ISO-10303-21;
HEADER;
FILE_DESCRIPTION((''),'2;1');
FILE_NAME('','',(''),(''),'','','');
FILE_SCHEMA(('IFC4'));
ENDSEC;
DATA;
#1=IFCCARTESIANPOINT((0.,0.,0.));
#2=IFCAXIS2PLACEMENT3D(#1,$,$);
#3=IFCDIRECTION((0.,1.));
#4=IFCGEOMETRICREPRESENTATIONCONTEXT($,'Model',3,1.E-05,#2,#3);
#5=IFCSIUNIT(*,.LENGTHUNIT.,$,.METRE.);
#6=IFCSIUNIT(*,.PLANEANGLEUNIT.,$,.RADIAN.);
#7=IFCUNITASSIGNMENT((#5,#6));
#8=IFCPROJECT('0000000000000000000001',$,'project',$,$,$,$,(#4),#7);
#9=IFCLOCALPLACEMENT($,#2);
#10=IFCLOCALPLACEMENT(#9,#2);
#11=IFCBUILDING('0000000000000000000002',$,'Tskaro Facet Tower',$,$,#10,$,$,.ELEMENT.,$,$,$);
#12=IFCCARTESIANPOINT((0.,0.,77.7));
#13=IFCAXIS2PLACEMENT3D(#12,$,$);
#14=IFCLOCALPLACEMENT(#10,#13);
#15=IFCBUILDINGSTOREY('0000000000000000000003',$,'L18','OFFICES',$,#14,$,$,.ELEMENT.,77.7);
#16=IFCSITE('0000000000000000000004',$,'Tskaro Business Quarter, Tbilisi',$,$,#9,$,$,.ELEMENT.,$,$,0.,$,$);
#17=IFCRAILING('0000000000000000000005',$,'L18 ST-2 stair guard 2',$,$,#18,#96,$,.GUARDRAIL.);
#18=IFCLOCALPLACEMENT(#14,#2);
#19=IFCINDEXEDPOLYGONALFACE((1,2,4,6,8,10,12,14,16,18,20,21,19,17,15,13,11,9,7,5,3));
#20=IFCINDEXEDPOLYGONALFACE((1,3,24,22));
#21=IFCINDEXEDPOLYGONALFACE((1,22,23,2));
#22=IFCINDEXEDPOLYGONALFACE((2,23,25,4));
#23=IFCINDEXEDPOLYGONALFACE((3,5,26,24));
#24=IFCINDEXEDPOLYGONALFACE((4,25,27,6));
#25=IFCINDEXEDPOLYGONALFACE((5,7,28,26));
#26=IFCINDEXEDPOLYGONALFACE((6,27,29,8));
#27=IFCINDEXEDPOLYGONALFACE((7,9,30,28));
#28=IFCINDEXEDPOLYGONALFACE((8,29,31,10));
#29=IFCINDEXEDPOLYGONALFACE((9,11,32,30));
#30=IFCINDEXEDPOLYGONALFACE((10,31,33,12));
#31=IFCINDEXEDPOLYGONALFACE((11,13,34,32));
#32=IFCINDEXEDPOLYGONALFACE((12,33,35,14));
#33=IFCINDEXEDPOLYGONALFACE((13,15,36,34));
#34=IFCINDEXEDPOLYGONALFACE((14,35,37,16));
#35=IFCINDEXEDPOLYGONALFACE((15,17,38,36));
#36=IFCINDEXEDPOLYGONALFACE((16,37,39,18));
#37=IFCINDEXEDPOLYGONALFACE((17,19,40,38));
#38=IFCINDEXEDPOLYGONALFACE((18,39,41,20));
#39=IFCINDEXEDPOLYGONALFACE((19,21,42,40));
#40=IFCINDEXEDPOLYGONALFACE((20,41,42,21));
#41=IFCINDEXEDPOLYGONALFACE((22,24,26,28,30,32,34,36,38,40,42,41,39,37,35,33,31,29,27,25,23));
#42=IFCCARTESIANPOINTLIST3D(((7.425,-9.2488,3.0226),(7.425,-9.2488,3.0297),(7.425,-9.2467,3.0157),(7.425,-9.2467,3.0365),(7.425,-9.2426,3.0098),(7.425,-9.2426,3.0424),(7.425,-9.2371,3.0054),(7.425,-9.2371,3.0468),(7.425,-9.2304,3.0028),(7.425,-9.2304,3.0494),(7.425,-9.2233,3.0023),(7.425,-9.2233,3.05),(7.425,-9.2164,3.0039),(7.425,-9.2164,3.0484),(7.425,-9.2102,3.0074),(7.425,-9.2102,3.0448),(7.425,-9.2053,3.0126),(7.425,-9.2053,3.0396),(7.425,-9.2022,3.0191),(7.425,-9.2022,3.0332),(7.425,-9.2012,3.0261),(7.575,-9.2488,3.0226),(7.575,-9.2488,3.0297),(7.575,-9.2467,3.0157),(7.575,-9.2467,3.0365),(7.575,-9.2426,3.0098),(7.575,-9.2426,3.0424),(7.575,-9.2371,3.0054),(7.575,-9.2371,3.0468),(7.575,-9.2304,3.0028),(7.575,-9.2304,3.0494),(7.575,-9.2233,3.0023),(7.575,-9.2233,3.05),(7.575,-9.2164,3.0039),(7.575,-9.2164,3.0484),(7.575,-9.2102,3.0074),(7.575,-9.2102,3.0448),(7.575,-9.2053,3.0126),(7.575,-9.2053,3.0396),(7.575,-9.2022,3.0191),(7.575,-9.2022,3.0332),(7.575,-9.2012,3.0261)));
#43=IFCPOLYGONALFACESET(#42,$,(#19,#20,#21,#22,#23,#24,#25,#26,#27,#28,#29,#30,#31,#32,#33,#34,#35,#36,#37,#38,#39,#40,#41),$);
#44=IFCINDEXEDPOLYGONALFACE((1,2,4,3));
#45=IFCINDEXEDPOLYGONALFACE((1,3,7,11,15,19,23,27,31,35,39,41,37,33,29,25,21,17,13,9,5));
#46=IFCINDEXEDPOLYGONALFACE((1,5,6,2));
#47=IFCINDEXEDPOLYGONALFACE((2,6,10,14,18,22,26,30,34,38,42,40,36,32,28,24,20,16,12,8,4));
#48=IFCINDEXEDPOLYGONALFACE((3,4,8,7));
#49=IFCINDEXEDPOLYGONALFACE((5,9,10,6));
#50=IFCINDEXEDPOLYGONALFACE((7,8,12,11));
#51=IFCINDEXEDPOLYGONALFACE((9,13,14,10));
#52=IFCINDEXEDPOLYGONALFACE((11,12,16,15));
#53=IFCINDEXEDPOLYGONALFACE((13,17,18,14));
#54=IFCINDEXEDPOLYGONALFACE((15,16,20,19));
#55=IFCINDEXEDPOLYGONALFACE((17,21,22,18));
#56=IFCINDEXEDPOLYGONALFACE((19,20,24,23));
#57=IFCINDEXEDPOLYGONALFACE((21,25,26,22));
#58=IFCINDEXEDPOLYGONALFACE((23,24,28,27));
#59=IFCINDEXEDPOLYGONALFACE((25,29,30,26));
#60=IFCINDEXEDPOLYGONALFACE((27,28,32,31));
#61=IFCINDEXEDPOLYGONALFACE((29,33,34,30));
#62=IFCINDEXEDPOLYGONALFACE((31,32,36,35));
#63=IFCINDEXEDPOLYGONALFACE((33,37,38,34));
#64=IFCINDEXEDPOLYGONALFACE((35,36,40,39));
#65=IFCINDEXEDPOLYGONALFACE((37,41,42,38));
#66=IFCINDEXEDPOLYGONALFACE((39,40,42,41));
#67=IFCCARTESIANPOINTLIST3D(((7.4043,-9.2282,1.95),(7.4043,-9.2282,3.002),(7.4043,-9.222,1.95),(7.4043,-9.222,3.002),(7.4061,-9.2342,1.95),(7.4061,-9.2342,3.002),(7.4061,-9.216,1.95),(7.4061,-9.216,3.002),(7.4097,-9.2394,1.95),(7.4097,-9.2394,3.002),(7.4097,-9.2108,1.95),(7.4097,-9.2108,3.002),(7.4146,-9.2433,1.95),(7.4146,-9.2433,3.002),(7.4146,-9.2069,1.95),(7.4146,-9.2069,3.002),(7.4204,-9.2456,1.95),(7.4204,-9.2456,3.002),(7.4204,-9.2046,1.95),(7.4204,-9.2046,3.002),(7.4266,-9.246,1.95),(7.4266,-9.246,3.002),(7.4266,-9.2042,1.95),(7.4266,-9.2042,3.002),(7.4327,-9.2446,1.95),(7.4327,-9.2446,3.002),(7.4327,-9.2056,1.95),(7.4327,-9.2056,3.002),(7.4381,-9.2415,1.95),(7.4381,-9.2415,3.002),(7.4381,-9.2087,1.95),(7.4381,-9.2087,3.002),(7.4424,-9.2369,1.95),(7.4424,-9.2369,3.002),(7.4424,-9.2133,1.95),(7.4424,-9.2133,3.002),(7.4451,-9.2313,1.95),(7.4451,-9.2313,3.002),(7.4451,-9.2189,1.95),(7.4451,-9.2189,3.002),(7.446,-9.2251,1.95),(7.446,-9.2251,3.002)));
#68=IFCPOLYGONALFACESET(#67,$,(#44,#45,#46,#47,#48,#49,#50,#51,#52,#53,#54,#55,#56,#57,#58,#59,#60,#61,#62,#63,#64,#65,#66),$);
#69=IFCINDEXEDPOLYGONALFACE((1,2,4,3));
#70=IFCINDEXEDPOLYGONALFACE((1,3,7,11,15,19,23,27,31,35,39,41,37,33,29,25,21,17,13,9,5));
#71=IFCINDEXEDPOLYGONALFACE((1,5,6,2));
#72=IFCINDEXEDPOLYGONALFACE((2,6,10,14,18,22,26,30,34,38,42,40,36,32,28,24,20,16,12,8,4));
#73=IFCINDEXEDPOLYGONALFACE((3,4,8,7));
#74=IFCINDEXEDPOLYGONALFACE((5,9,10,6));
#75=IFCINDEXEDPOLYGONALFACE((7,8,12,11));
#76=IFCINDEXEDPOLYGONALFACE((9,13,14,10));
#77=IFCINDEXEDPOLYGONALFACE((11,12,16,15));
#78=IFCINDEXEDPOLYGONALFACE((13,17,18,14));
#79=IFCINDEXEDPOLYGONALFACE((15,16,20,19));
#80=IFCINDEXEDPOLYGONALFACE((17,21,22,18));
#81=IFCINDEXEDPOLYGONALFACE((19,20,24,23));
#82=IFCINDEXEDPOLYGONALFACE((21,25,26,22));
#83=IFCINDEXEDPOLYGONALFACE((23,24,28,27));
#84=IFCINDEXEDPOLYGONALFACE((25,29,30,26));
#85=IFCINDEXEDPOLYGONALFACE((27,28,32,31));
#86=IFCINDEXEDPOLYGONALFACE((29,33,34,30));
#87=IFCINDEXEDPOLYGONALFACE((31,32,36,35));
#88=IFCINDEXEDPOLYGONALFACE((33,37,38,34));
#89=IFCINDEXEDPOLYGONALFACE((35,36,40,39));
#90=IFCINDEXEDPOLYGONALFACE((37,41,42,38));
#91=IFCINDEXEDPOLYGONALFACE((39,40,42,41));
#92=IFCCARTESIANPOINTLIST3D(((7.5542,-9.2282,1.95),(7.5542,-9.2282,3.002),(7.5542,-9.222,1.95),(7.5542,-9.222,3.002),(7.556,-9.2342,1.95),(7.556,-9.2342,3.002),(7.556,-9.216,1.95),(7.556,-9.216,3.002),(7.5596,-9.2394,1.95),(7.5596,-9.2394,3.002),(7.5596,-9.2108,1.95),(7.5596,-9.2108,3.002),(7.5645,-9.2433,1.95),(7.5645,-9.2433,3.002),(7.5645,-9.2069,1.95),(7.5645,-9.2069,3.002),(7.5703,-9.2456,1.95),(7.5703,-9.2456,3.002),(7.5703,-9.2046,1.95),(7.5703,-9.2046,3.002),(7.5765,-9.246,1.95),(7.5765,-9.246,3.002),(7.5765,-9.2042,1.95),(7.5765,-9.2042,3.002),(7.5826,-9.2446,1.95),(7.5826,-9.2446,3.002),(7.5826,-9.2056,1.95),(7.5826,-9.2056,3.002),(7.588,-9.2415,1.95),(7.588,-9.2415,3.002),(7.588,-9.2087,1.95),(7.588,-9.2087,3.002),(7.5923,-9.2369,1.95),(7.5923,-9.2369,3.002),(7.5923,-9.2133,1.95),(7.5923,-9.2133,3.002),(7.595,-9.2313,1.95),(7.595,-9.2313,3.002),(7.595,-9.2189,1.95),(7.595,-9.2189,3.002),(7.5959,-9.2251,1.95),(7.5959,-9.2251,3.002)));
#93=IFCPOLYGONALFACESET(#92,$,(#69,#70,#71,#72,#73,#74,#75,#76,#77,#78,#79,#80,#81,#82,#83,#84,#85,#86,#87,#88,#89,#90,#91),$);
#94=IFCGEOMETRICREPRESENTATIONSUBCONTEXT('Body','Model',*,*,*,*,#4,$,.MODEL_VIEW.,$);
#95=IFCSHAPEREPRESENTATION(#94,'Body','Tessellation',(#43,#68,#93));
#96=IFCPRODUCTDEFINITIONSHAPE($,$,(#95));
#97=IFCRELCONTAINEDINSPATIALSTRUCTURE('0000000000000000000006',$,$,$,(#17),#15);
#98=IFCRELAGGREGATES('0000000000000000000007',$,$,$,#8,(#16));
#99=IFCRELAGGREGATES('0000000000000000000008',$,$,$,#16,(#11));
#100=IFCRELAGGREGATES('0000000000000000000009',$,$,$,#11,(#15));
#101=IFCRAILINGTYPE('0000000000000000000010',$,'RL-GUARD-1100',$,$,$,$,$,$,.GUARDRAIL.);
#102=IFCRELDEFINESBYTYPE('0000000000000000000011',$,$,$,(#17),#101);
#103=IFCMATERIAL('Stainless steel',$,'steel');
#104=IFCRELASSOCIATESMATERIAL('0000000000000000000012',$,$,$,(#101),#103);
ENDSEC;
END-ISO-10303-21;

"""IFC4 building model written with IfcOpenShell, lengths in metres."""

from ifc_helpers import new_model, si_unit, direction, frame, origin, origin_2d, place, context, subcontext, project, spatial, circle, extrude, material, type_object, element, save


model = new_model("IFC4")

# Units and contexts
model_context = context("Model", 3, precision=1e-05, world=origin(), true_north=direction((0.0, 1.0)))
body_context = subcontext(model_context, "Body", "Model", "MODEL_VIEW")
ifc_project = project(units=[si_unit("LENGTHUNIT", "METRE"), si_unit("PLANEANGLEUNIT", "RADIAN")], contexts=[model_context])

# Site, building, storey
site_placement = place(None, origin())
site = spatial("IfcSite", under=ifc_project, at=site_placement, Name="Tskaro Business Quarter, Tbilisi", CompositionType="ELEMENT", RefElevation=0.0)
building_placement = place(site_placement, origin())
building = spatial("IfcBuilding", under=site, at=building_placement, Name="Tskaro Facet Tower", CompositionType="ELEMENT")
storey_placement = place(building_placement, frame((0.0, 0.0, 77.7)))
storey = spatial("IfcBuildingStorey", under=building, at=storey_placement, Name="L18", Description="OFFICES", CompositionType="ELEMENT", Elevation=77.7)

# Railing
ifc_material_1 = material(Name="Stainless steel", Category="steel")
railing_type_1 = type_object("IfcRailingType", Name="RL-GUARD-1100", PredefinedType="GUARDRAIL", material=ifc_material_1)
railing_1_placement = place(storey_placement, frame((7.425, -9.2251, 1.95)))
element("IfcRailing", 1, at=railing_1_placement, inside=storey, type_object=railing_type_1, Name="L18 ST-2 stair guard 2", PredefinedType="GUARDRAIL", context=body_context, shape_type="SweptSolid", body=[
    extrude(circle(Radius=0.0239, at=origin_2d()), frame((0.0, 0.0, 1.0762), z_axis=(1.0, 0.0, 0.0), x_axis=(0.0, 1.0, 0.0)), (0.0, 0.0, 1.0), 0.1499),
    extrude(circle(Radius=0.021, at=origin_2d()), origin(), (0.0, 0.0, 1.0), 1.052),
    extrude(circle(Radius=0.021, at=origin_2d()), frame((0.1499, 0.0, 0.0)), (0.0, 0.0, 1.0), 1.052),
])

save(model, "model.ifc")
